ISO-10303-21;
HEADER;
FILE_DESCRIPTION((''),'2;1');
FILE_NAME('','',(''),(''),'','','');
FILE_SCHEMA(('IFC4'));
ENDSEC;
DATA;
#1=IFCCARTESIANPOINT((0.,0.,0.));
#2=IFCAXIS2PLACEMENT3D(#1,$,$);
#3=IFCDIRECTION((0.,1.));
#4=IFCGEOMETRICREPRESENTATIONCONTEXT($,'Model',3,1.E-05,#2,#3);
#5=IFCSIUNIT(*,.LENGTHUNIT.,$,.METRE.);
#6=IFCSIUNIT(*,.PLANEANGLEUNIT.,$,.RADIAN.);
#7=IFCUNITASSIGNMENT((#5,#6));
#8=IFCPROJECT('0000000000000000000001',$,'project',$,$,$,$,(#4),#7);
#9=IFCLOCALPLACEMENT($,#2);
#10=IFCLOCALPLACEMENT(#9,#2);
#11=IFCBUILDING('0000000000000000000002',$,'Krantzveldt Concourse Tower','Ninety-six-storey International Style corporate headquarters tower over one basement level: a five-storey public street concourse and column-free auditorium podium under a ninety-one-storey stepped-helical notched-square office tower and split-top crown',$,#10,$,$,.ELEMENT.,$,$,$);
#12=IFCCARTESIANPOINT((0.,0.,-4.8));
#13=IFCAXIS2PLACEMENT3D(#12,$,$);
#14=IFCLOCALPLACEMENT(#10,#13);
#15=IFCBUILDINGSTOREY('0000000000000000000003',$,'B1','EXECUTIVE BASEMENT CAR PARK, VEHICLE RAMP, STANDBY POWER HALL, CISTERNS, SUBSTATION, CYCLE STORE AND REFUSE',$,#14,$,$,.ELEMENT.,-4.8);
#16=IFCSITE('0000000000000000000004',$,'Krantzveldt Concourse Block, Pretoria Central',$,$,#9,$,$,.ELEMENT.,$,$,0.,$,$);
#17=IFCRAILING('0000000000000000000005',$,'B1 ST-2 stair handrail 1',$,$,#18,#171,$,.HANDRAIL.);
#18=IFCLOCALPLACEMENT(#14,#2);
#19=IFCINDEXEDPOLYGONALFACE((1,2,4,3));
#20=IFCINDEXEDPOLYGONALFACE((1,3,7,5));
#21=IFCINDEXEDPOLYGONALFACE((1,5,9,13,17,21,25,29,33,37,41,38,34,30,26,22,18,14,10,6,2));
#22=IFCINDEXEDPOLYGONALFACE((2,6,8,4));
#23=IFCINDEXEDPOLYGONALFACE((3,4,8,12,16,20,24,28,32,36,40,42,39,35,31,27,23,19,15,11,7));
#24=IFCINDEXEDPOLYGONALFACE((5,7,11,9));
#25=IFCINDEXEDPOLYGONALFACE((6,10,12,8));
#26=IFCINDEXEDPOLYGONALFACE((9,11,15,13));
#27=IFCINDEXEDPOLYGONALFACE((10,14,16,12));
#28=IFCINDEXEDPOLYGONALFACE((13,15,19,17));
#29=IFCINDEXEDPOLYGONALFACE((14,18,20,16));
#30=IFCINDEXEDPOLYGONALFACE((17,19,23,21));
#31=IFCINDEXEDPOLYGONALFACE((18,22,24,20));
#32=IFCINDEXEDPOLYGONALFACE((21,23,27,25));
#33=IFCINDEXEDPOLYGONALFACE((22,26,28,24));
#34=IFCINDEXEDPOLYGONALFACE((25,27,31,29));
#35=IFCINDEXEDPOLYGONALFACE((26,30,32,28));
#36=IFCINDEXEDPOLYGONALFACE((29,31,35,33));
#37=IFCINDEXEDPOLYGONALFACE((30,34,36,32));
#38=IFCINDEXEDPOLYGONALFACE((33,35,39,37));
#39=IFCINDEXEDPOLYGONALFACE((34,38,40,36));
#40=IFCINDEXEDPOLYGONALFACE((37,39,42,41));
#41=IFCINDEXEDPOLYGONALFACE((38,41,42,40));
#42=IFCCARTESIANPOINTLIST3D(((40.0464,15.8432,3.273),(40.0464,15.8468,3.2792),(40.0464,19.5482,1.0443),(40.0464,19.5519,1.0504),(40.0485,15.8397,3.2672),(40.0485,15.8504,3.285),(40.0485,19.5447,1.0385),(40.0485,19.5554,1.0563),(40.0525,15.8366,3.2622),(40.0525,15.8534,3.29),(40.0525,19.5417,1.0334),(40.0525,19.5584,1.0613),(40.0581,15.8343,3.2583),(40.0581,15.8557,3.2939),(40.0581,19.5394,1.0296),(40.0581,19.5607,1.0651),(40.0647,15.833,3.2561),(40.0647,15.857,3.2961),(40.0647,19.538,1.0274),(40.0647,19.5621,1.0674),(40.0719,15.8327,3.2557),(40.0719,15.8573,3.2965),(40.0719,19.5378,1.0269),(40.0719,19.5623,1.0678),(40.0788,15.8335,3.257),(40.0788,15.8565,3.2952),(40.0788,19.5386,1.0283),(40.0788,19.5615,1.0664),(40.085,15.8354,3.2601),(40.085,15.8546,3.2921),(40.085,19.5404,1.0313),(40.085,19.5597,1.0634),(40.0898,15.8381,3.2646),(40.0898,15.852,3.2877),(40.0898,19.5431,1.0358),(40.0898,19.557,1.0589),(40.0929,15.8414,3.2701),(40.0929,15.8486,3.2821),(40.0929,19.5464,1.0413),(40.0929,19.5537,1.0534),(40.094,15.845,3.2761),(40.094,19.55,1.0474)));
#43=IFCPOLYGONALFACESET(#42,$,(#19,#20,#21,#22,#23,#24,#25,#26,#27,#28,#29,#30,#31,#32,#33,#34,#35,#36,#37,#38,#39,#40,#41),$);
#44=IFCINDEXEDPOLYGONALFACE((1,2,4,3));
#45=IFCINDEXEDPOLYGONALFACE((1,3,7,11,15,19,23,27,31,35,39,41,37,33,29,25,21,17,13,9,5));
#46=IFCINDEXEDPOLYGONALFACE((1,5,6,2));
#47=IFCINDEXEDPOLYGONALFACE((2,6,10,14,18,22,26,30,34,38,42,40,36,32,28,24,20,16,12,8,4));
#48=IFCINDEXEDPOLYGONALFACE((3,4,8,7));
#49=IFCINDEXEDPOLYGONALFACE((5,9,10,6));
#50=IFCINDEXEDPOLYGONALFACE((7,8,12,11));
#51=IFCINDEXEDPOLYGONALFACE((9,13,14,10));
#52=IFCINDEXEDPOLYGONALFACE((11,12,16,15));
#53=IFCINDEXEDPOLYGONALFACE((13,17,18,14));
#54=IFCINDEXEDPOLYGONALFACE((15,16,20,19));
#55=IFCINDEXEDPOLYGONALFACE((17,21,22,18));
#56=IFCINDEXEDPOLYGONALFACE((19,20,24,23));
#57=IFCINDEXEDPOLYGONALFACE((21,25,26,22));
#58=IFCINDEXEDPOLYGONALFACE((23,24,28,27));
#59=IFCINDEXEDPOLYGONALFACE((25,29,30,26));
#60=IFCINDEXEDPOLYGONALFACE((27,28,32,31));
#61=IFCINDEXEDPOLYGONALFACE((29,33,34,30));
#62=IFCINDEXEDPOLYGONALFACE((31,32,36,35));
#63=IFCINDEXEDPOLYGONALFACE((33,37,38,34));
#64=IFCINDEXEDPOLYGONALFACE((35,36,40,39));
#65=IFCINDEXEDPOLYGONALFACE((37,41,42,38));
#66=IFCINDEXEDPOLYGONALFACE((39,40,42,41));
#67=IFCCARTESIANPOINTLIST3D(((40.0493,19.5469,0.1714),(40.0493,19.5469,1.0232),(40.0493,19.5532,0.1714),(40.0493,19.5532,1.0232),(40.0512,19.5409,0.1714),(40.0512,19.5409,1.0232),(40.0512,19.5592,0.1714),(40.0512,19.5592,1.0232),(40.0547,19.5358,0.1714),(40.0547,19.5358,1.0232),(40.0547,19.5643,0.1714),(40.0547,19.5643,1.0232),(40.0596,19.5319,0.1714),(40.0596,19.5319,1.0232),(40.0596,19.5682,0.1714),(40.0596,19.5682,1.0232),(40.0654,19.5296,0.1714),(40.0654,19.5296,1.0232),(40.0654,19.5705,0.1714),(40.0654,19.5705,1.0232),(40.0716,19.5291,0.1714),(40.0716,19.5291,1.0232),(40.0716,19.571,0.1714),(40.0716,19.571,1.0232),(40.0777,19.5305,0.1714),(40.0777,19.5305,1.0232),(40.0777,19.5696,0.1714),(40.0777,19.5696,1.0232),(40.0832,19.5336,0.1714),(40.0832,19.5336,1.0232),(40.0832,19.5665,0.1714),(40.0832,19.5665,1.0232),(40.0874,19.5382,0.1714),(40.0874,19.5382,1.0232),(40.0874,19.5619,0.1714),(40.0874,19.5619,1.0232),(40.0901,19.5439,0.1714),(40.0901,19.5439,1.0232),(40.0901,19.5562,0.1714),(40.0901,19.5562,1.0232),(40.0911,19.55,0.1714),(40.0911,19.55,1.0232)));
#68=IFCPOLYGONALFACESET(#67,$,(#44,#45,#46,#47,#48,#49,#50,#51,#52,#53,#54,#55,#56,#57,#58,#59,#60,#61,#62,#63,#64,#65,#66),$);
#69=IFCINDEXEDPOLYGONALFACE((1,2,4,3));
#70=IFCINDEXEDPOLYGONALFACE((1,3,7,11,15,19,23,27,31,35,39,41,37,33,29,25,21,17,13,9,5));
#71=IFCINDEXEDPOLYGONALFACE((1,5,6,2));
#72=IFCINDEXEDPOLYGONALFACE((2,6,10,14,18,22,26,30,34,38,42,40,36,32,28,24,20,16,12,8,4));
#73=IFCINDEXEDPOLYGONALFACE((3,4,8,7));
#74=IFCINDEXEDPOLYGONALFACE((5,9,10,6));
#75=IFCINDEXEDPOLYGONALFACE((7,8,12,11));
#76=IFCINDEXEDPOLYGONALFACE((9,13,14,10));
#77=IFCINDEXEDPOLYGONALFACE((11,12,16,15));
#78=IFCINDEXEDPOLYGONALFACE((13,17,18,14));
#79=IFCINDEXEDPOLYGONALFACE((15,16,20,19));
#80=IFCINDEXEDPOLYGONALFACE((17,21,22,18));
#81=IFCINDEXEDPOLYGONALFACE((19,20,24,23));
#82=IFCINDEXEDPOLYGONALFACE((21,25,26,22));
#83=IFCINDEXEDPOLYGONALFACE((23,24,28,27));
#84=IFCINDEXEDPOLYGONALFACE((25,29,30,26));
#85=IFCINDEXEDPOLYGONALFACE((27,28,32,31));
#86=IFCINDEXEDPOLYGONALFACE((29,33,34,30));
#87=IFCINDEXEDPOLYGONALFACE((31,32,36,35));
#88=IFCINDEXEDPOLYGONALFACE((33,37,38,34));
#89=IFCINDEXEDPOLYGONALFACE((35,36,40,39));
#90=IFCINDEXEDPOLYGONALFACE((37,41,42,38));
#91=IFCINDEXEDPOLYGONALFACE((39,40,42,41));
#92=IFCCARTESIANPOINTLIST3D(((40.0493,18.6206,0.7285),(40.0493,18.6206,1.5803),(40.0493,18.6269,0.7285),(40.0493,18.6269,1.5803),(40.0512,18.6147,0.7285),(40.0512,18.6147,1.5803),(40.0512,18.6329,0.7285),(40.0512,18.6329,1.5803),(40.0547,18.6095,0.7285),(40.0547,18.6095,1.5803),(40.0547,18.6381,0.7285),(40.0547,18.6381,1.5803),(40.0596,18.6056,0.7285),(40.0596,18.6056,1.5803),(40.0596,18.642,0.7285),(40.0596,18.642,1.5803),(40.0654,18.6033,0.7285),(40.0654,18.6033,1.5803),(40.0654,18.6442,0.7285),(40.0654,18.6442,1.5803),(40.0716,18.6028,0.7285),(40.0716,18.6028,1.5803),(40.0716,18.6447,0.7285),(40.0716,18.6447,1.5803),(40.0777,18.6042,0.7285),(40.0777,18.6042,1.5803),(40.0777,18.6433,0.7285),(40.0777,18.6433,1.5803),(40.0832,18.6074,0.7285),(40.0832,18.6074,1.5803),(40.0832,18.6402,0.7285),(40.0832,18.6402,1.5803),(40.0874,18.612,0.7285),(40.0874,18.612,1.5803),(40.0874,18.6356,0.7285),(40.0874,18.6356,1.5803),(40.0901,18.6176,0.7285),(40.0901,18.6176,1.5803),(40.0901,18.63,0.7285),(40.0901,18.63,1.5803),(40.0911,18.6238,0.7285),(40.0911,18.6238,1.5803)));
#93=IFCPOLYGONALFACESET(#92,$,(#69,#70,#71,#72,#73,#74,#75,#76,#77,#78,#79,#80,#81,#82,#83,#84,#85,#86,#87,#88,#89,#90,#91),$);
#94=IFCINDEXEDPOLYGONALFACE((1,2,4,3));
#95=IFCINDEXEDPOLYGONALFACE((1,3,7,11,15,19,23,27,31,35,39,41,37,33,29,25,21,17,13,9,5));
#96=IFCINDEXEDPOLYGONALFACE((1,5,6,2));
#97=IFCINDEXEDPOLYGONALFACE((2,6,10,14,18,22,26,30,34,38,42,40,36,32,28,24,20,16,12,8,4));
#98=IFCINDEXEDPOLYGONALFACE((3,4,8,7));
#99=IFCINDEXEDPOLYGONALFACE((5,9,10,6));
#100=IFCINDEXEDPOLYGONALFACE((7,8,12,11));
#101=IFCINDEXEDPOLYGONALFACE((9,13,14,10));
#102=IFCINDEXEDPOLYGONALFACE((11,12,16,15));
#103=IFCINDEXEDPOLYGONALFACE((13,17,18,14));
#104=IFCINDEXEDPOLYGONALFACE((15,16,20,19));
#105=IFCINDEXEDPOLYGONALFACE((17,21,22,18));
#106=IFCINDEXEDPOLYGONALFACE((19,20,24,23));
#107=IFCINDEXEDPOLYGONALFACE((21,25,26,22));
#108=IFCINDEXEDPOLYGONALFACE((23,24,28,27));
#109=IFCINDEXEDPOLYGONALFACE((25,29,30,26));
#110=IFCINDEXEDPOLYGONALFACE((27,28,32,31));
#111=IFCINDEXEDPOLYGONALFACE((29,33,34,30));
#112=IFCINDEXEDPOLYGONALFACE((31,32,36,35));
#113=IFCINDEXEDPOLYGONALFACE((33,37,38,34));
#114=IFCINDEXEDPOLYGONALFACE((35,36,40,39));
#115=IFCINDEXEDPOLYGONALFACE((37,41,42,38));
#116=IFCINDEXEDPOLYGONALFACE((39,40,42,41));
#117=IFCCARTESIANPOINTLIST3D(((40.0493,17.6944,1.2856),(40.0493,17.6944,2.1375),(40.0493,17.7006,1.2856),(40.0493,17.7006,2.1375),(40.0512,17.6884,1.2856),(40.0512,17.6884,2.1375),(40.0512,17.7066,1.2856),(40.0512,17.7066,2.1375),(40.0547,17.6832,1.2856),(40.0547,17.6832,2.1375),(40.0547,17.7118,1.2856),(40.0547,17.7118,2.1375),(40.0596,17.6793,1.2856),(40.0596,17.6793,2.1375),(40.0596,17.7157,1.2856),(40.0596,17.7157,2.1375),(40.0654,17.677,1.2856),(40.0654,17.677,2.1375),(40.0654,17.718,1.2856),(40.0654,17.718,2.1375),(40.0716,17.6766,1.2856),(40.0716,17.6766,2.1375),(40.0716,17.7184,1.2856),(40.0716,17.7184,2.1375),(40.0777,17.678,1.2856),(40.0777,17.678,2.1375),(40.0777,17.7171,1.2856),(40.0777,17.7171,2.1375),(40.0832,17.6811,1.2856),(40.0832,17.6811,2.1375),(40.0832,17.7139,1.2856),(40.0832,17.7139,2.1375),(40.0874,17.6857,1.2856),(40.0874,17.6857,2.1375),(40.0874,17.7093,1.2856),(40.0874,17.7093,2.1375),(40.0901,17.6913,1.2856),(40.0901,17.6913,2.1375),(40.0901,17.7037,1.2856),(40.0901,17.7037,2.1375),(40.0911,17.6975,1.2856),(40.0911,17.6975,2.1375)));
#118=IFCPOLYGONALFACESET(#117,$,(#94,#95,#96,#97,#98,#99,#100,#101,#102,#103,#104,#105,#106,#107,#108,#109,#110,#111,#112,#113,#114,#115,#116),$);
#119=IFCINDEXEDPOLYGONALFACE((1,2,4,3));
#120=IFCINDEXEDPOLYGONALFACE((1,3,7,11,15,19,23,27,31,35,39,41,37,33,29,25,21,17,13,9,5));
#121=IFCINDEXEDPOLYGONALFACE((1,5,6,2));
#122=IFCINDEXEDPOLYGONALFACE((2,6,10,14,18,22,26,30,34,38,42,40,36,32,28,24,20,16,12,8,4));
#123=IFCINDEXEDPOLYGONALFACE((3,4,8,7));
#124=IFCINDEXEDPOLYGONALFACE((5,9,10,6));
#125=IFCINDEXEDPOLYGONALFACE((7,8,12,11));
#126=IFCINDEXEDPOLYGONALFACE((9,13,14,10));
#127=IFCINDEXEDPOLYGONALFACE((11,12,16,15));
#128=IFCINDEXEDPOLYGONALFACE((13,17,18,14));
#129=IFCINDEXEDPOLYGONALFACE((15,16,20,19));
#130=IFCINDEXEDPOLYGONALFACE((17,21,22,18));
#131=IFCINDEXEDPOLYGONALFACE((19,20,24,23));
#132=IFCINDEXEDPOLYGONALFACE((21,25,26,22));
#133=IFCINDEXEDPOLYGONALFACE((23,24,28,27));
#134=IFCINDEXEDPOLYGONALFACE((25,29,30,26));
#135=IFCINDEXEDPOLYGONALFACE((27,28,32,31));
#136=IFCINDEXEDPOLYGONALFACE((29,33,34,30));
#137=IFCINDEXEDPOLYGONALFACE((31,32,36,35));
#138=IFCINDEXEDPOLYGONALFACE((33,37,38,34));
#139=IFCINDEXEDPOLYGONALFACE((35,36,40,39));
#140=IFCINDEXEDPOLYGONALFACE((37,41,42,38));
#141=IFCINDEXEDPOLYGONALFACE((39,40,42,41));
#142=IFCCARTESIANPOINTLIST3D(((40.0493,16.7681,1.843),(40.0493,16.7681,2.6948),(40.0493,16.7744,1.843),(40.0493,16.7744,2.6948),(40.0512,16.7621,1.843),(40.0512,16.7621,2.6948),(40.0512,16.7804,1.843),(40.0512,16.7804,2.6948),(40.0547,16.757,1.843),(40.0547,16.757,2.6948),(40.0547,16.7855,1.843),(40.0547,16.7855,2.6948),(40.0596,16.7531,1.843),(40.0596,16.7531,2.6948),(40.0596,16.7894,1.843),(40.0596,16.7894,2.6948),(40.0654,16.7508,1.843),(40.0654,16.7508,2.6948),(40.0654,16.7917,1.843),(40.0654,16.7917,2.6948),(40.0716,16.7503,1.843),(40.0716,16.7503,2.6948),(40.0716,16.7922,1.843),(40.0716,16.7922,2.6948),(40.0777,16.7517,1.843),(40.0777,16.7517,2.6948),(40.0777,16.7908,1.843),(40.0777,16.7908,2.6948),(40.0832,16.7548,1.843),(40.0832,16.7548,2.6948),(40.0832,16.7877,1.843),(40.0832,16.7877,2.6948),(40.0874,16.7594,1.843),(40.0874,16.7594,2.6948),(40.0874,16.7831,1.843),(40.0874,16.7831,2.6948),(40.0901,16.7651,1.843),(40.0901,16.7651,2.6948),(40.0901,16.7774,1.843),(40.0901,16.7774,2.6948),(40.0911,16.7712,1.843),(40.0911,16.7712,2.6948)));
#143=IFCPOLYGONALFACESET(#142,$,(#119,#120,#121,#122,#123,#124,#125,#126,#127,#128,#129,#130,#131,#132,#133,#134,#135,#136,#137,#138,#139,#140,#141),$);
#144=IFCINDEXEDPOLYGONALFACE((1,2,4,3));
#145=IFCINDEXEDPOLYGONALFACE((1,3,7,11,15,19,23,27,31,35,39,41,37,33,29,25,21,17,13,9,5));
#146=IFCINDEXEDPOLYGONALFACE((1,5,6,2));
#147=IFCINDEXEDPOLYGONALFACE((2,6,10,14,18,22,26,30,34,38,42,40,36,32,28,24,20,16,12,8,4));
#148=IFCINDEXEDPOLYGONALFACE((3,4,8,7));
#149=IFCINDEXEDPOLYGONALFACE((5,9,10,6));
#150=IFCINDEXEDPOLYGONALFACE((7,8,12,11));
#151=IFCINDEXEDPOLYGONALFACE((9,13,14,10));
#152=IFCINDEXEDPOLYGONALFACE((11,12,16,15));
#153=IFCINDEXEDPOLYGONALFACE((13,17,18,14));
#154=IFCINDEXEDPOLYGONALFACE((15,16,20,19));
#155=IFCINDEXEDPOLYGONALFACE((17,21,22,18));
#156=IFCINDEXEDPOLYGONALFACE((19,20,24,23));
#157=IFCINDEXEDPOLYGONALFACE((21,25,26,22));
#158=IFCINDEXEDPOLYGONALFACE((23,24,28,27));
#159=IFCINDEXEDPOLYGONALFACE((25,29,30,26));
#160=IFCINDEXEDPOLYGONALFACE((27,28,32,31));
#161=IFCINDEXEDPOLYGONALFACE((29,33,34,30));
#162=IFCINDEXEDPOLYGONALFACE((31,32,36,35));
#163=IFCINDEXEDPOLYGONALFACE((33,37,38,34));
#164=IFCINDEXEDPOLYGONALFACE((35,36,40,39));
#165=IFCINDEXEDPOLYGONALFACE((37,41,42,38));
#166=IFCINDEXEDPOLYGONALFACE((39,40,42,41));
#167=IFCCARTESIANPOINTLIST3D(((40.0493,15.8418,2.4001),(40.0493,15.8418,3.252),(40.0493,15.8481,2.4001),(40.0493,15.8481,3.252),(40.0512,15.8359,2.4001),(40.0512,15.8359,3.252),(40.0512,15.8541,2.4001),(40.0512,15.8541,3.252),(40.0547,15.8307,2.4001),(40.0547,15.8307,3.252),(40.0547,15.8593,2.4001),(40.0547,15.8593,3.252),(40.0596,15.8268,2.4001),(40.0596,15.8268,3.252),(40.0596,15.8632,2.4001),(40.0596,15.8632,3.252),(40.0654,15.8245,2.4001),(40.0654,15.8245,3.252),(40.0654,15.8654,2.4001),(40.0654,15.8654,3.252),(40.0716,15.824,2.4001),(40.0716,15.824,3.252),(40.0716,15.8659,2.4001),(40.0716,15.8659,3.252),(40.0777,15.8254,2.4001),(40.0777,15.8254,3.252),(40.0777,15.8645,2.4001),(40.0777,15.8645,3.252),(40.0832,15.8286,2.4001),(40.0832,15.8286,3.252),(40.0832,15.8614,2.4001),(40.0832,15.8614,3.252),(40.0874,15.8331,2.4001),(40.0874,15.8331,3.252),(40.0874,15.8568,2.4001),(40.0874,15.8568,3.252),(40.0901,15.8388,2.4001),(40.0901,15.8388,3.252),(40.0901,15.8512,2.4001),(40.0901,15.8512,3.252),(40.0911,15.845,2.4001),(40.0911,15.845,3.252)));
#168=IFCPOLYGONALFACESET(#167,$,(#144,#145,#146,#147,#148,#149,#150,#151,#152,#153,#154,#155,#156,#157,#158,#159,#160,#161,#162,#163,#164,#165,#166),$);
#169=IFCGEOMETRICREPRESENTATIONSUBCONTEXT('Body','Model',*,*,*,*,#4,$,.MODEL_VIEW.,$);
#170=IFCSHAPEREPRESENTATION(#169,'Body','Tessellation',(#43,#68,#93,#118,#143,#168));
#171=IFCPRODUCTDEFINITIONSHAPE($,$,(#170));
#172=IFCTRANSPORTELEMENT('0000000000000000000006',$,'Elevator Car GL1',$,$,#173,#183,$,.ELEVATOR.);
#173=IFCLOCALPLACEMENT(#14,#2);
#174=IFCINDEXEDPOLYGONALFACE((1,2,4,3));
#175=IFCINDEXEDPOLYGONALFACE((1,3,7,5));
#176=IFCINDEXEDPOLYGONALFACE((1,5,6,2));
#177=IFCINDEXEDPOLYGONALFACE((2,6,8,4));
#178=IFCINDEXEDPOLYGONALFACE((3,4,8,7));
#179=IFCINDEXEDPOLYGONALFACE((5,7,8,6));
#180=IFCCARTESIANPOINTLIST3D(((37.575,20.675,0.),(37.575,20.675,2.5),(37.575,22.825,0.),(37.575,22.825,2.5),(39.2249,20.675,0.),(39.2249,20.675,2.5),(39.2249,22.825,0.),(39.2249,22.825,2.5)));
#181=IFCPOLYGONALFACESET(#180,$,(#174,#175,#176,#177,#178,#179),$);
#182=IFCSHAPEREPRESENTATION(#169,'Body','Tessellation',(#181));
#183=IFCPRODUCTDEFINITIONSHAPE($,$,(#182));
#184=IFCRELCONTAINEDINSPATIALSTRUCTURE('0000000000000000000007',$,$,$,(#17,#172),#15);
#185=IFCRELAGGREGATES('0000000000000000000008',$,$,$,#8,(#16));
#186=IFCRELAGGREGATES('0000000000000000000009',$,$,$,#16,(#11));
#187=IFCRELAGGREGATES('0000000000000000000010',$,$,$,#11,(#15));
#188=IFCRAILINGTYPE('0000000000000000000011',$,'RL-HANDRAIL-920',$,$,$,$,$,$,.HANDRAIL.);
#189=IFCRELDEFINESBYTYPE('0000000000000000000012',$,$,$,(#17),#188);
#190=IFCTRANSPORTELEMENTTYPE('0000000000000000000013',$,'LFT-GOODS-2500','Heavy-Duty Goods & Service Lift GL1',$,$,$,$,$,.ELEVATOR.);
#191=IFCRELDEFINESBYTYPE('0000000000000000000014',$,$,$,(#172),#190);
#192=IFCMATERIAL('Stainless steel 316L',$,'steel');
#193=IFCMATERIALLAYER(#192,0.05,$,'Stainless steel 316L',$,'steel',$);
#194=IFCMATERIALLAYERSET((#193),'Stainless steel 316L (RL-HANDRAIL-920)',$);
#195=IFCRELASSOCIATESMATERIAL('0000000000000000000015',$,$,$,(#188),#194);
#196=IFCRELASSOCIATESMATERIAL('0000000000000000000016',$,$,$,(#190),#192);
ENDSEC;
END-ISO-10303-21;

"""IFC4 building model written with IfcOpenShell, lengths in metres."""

from ifc_helpers import new_model, si_unit, direction, frame, origin, origin_2d, place, context, subcontext, project, spatial, rectangle, circle, extrude, source, transform, mapped, material, layer, layer_set, type_object, type_shapes, element, save


model = new_model("IFC4")

# Units and contexts
model_context = context("Model", 3, precision=1e-05, world=origin(), true_north=direction((0.0, 1.0)))
body_context = subcontext(model_context, "Body", "Model", "MODEL_VIEW")
ifc_project = project(units=[si_unit("LENGTHUNIT", "METRE"), si_unit("PLANEANGLEUNIT", "RADIAN")], contexts=[model_context])

# Site, building, storey
site_placement = place(None, origin())
site = spatial("IfcSite", under=ifc_project, at=site_placement, Name="Krantzveldt Concourse Block, Pretoria Central", CompositionType="ELEMENT", RefElevation=0.0)
building_placement = place(site_placement, origin())
building = spatial("IfcBuilding", under=site, at=building_placement, Name="Krantzveldt Concourse Tower", Description="Ninety-six-storey International Style corporate headquarters tower over one basement level: a five-storey public street concourse and column-free auditorium podium under a ninety-one-storey stepped-helical notched-square office tower and split-top crown", CompositionType="ELEMENT")
storey_placement = place(building_placement, frame((0.0, 0.0, -4.8)))
storey = spatial("IfcBuildingStorey", under=building, at=storey_placement, Name="B1", Description="EXECUTIVE BASEMENT CAR PARK, VEHICLE RAMP, STANDBY POWER HALL, CISTERNS, SUBSTATION, CYCLE STORE AND REFUSE", CompositionType="ELEMENT", Elevation=-4.8)

# Shared definitions
ifc_material_1 = material(Name="Stainless steel 316L", Category="steel")

# Railing
ifc_layer_1 = layer(ifc_material_1, 0.05, Name="Stainless steel 316L", Category="steel")
ifc_layer_set_1 = layer_set([ifc_layer_1], Name="Stainless steel 316L (RL-HANDRAIL-920)")
railing_type_1 = type_object("IfcRailingType", Name="RL-HANDRAIL-920", PredefinedType="HANDRAIL", material=ifc_layer_set_1)
railing_1_placement = place(storey_placement, frame((40.0701, 19.55, 0.1714)))
element("IfcRailing", 1, at=railing_1_placement, inside=storey, type_object=railing_type_1, Name="B1 ST-2 stair handrail 1", PredefinedType="HANDRAIL", context=body_context, shape_type="SweptSolid", body=[
    extrude(circle(Radius=0.0239, at=origin_2d()), frame((0.0, 0.0, 0.876), z_axis=(0.0, -0.856909, 0.515467), x_axis=(1.0, 0.0, 0.0)), (0.0, 0.0, 1.0), 4.3237),
    extrude(circle(Radius=0.021, at=origin_2d()), origin(), (0.0, 0.0, 1.0), 0.8518),
    extrude(circle(Radius=0.021, at=origin_2d()), frame((0.0, -0.9263, 0.5571)), (0.0, 0.0, 1.0), 0.8518),
    extrude(circle(Radius=0.021, at=origin_2d()), frame((0.0, -1.8525, 1.1143)), (0.0, 0.0, 1.0), 0.8518),
    extrude(circle(Radius=0.021, at=origin_2d()), frame((0.0, -2.7788, 1.6716)), (0.0, 0.0, 1.0), 0.8518),
    extrude(circle(Radius=0.021, at=origin_2d()), frame((0.0, -3.7051, 2.2288)), (0.0, 0.0, 1.0), 0.8518),
])

# Transport element
transport_element_type = type_object("IfcTransportElementType", Name="LFT-GOODS-2500", Description="Heavy-Duty Goods & Service Lift GL1", PredefinedType="ELEVATOR", material=ifc_material_1)
shared_shape_1 = source(origin(), body_context, "Body", "SweptSolid", [
    extrude(rectangle(XDim=1.6499, YDim=2.1499, at=origin_2d()), origin(), (0.0, 0.0, 1.0), 2.5),
])
type_shapes(transport_element_type, [shared_shape_1])
transport_element_placement = place(storey_placement, frame((38.3999, 21.75, 0.0), z_axis=(0.0, 0.0, 1.0), x_axis=(1.0, 0.0, 0.0)))
element("IfcTransportElement", 2, at=transport_element_placement, inside=storey, type_object=transport_element_type, Name="Elevator Car GL1", PredefinedType="ELEVATOR", context=body_context, shape_type="MappedRepresentation", body=[
    mapped(shared_shape_1, transform((0.0, 0.0, 0.0), x_axis=(1.0, 0.0, 0.0), y_axis=(0.0, 1.0, 0.0), z_axis=(0.0, 0.0, 1.0), scale=1.0)),
])

save(model, "model.ifc")
